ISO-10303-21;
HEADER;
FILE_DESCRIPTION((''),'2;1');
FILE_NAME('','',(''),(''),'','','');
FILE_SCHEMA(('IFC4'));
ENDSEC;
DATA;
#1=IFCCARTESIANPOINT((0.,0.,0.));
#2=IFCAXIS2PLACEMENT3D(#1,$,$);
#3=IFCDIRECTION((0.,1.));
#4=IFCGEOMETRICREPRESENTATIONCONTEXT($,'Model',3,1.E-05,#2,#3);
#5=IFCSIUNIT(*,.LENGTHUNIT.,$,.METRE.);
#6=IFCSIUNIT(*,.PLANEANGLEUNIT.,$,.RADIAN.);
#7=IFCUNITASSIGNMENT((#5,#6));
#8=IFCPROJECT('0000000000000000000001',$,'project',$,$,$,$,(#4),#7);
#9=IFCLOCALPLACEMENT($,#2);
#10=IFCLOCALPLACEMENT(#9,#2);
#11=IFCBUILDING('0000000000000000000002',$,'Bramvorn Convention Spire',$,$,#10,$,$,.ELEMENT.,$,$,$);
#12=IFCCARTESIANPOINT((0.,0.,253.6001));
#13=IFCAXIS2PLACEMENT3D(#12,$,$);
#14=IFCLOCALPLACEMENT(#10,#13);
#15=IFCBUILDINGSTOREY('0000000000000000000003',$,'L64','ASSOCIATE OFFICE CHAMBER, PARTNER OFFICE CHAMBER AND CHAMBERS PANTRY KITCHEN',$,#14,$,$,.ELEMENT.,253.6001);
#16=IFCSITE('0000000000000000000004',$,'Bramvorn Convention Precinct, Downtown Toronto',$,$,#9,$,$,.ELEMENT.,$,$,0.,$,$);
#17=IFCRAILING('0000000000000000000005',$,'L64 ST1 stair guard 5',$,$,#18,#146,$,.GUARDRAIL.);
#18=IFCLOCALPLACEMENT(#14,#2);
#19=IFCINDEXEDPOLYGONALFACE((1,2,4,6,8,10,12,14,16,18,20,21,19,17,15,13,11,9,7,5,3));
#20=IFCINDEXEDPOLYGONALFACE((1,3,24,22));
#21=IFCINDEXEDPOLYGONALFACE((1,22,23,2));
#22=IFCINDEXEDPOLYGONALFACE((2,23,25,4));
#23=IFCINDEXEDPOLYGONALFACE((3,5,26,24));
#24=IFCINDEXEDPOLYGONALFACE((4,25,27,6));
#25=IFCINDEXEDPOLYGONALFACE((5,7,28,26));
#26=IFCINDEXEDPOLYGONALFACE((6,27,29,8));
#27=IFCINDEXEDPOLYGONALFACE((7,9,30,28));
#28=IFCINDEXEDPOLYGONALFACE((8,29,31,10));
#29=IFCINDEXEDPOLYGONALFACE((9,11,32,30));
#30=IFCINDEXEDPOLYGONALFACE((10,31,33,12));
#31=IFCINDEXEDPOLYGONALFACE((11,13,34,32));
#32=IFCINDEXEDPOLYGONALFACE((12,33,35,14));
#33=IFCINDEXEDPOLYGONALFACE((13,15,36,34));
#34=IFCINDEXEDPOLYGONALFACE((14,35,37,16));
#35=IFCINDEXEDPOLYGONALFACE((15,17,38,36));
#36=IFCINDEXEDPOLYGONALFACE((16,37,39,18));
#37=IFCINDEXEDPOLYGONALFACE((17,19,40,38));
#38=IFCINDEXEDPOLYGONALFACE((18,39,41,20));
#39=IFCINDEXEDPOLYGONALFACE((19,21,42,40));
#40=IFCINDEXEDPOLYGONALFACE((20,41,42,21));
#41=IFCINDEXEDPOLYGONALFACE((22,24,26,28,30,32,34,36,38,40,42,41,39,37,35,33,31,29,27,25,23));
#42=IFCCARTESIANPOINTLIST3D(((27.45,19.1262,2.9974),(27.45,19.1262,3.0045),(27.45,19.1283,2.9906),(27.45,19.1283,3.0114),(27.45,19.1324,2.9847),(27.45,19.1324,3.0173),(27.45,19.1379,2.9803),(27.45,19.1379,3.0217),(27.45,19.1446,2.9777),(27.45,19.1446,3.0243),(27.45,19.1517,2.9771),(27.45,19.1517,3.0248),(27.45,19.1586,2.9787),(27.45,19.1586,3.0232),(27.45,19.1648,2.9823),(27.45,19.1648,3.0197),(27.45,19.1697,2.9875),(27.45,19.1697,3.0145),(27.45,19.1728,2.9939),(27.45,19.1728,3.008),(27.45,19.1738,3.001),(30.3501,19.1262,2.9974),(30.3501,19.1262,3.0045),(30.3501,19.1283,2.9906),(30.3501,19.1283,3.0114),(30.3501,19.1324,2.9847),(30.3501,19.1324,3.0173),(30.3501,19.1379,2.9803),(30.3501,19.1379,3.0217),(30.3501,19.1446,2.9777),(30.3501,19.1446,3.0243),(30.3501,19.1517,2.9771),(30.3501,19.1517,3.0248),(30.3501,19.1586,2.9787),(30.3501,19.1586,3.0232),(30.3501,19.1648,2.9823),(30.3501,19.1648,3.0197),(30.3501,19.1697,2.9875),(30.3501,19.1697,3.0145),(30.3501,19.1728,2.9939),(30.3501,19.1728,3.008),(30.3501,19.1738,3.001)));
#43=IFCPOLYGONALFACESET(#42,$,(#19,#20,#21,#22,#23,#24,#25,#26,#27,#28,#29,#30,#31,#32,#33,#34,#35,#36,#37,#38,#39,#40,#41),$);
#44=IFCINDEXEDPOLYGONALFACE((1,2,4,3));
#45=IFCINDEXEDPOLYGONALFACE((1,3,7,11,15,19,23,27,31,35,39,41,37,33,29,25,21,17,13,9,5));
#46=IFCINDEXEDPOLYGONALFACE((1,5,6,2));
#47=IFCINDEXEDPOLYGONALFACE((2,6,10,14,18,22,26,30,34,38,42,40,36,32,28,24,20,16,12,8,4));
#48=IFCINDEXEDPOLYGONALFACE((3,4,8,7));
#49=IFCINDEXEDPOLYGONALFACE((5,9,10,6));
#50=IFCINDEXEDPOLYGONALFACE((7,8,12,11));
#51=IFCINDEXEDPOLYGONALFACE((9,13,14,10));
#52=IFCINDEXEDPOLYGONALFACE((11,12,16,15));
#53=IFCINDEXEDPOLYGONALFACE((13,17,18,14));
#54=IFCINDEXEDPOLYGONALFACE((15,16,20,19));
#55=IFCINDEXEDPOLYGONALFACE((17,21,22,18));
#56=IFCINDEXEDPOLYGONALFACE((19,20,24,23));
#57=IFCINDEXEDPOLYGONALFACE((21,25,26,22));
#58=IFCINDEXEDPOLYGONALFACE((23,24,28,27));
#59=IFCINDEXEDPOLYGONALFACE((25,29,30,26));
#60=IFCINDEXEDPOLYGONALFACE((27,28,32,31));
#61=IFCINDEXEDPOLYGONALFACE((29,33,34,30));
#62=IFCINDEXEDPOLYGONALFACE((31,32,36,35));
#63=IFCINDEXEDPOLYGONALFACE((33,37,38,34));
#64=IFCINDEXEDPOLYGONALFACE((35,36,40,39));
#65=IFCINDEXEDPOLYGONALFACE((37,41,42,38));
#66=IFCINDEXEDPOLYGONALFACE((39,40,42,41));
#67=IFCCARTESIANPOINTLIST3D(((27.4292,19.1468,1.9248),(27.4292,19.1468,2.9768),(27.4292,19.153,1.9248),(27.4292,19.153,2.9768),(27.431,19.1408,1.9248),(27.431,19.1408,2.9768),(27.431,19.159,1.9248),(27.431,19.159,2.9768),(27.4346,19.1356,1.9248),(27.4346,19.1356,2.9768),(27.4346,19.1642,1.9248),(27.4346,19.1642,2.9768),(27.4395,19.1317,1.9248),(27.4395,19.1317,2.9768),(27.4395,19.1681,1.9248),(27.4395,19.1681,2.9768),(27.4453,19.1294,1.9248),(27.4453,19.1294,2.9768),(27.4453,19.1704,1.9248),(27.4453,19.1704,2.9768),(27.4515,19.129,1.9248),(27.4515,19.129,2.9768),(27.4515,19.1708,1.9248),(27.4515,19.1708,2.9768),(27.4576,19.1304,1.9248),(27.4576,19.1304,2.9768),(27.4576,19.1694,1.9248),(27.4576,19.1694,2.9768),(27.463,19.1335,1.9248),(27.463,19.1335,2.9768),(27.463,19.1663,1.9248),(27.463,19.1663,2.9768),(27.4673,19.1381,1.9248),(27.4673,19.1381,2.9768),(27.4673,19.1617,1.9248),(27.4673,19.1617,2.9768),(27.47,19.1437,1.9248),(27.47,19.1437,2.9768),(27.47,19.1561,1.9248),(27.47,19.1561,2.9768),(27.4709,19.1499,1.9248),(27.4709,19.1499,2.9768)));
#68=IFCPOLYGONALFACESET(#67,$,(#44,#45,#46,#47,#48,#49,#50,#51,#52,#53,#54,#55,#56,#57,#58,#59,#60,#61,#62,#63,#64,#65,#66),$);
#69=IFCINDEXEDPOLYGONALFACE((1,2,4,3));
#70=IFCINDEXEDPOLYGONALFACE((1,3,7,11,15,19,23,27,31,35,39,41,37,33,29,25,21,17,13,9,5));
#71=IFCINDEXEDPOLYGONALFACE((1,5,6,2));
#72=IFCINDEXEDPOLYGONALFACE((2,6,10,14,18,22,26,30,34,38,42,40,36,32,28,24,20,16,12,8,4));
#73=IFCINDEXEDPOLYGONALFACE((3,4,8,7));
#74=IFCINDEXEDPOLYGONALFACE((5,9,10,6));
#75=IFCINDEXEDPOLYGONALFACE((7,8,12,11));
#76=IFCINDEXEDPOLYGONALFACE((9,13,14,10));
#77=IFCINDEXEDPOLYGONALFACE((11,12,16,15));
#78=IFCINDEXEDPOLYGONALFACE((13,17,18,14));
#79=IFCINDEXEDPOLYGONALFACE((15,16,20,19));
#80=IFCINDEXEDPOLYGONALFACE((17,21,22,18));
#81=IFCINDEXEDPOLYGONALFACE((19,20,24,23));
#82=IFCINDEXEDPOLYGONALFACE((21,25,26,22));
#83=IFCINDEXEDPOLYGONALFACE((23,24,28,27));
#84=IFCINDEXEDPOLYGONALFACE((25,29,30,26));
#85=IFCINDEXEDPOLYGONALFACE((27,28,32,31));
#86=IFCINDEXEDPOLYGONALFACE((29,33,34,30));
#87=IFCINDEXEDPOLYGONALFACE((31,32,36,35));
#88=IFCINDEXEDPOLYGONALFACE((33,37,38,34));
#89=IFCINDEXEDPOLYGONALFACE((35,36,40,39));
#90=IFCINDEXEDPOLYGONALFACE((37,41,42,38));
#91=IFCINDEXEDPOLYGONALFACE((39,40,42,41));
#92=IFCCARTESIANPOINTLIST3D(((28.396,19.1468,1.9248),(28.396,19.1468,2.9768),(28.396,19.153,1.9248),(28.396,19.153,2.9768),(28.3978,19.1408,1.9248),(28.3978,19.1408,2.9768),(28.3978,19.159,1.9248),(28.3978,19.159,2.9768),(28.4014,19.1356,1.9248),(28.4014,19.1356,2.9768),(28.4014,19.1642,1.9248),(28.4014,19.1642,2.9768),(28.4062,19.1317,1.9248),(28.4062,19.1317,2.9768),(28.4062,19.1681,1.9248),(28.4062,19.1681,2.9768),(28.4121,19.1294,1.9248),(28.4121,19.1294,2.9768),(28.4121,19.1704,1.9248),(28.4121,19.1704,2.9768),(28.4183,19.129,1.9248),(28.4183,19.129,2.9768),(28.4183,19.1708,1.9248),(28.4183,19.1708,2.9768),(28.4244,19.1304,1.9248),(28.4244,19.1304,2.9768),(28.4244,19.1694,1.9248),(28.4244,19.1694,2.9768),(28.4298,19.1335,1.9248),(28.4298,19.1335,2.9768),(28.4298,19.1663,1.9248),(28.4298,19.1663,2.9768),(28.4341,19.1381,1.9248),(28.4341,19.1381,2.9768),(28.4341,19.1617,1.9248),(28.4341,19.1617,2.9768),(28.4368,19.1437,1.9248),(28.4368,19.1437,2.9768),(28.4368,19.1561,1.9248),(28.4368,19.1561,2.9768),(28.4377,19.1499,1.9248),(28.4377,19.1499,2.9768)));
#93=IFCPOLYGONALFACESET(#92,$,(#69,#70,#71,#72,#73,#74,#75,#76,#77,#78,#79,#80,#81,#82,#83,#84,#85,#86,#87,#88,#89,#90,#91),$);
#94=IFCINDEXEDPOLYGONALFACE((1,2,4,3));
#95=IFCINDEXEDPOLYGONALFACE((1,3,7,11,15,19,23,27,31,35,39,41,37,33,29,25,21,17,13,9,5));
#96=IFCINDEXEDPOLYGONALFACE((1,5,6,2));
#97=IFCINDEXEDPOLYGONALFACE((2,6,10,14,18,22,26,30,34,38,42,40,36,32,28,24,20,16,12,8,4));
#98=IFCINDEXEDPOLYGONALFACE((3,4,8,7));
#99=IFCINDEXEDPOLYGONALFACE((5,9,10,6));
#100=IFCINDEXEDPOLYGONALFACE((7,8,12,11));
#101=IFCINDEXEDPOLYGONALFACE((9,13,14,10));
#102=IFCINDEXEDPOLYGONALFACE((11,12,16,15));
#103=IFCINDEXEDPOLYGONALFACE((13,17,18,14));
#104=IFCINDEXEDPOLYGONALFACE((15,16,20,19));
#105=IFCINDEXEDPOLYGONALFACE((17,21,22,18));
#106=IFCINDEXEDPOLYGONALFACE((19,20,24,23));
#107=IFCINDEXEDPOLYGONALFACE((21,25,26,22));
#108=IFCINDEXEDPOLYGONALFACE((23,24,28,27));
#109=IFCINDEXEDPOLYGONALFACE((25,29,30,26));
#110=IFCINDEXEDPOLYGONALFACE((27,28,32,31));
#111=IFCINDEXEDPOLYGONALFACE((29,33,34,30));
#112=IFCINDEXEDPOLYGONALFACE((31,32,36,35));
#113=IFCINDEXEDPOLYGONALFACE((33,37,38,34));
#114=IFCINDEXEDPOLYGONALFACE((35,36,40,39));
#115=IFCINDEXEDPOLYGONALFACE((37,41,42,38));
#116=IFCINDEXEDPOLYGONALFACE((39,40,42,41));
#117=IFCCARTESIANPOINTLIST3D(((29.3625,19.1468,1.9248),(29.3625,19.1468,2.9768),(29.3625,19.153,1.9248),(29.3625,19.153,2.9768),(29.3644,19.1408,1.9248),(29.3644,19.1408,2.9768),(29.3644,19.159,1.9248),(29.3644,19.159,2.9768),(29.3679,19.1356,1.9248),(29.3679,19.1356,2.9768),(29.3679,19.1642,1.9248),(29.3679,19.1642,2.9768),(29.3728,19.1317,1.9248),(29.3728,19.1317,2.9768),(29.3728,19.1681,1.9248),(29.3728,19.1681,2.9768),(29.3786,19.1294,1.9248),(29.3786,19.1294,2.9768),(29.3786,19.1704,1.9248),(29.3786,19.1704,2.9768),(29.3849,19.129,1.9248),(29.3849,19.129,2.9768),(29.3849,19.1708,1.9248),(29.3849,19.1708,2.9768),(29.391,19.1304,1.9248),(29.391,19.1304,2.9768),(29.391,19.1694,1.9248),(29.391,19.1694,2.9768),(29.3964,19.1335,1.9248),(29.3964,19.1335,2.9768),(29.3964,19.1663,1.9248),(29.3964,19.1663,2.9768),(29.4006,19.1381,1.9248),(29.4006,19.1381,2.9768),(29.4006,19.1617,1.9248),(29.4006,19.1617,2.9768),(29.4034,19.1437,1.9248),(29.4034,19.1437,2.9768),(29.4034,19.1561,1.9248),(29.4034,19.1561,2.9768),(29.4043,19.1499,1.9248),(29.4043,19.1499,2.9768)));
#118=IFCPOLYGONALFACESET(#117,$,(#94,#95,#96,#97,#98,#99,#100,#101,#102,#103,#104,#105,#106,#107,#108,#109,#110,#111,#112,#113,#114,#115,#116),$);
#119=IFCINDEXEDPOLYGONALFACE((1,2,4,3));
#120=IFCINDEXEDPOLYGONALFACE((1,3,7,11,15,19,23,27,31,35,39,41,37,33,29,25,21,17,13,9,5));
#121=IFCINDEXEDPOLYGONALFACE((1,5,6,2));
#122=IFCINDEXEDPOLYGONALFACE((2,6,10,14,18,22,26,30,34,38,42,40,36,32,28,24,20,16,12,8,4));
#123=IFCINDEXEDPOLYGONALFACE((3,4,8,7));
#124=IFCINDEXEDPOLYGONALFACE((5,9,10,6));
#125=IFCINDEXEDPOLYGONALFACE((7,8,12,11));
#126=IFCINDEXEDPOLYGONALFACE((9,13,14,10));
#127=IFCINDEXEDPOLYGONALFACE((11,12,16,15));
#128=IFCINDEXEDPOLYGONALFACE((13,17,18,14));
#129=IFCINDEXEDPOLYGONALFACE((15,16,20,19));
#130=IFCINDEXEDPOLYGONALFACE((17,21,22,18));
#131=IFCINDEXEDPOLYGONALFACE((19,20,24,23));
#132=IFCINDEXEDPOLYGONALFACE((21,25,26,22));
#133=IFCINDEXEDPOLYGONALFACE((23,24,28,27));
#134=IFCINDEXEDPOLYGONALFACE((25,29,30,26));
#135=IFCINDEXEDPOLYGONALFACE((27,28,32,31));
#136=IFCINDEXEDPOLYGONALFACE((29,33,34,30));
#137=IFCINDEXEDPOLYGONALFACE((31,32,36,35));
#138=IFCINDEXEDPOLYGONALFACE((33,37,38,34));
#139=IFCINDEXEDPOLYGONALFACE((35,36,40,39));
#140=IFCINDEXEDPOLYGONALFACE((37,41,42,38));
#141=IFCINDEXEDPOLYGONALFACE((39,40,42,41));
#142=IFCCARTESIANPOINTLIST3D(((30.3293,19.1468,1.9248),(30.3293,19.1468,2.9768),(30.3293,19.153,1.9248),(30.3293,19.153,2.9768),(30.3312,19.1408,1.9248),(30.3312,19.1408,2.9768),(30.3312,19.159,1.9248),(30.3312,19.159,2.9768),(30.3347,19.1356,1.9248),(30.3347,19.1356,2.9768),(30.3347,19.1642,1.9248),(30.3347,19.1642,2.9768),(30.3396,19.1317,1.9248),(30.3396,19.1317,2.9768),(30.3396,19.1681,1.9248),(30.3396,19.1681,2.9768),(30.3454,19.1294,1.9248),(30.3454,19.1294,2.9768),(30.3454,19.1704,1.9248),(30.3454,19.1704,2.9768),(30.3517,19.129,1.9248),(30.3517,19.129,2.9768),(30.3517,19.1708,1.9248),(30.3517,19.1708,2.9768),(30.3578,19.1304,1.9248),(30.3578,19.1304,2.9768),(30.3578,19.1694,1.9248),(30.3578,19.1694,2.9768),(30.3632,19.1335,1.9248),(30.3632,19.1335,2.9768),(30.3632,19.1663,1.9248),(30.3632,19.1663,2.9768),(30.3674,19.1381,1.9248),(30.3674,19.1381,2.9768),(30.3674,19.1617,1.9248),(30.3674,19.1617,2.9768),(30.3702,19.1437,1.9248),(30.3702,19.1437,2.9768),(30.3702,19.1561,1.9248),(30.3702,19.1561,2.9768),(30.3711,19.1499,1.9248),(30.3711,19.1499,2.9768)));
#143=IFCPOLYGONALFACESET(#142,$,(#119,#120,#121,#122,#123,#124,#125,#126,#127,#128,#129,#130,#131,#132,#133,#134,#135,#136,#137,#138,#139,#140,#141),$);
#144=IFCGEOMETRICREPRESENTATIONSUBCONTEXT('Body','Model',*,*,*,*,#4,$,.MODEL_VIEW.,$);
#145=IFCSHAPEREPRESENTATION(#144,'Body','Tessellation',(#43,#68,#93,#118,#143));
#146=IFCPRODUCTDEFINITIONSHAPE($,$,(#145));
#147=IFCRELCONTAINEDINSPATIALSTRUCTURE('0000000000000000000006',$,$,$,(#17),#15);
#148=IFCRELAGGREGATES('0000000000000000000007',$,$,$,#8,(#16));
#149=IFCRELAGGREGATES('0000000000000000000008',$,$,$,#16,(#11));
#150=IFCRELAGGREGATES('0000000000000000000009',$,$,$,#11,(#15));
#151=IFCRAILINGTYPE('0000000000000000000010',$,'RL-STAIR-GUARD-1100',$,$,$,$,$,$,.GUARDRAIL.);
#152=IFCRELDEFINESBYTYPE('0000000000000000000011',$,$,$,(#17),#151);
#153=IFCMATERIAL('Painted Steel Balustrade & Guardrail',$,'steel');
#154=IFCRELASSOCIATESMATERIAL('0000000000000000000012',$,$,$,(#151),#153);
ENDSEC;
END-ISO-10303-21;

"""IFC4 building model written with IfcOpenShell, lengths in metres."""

from ifc_helpers import new_model, si_unit, direction, frame, origin, origin_2d, place, context, subcontext, project, spatial, circle, extrude, material, type_object, element, save


model = new_model("IFC4")

# Units and contexts
model_context = context("Model", 3, precision=1e-05, world=origin(), true_north=direction((0.0, 1.0)))
body_context = subcontext(model_context, "Body", "Model", "MODEL_VIEW")
ifc_project = project(units=[si_unit("LENGTHUNIT", "METRE"), si_unit("PLANEANGLEUNIT", "RADIAN")], contexts=[model_context])

# Site, building, storey
site_placement = place(None, origin())
site = spatial("IfcSite", under=ifc_project, at=site_placement, Name="Bramvorn Convention Precinct, Downtown Toronto", CompositionType="ELEMENT", RefElevation=0.0)
building_placement = place(site_placement, origin())
building = spatial("IfcBuilding", under=site, at=building_placement, Name="Bramvorn Convention Spire", CompositionType="ELEMENT")
storey_placement = place(building_placement, frame((0.0, 0.0, 253.6001)))
storey = spatial("IfcBuildingStorey", under=building, at=storey_placement, Name="L64", Description="ASSOCIATE OFFICE CHAMBER, PARTNER OFFICE CHAMBER AND CHAMBERS PANTRY KITCHEN", CompositionType="ELEMENT", Elevation=253.6001)

# Railing
ifc_material_1 = material(Name="Painted Steel Balustrade & Guardrail", Category="steel")
railing_type_1 = type_object("IfcRailingType", Name="RL-STAIR-GUARD-1100", PredefinedType="GUARDRAIL", material=ifc_material_1)
railing_1_placement = place(storey_placement, frame((27.45, 19.1499, 1.9248)))
element("IfcRailing", 1, at=railing_1_placement, inside=storey, type_object=railing_type_1, Name="L64 ST1 stair guard 5", PredefinedType="GUARDRAIL", context=body_context, shape_type="SweptSolid", body=[
    extrude(circle(Radius=0.0239, at=origin_2d()), frame((0.0, 0.0, 1.0762), z_axis=(1.0, 0.0, 0.0), x_axis=(0.0, 1.0, 0.0)), (0.0, 0.0, 1.0), 2.9001),
    extrude(circle(Radius=0.021, at=origin_2d()), origin(), (0.0, 0.0, 1.0), 1.052),
    extrude(circle(Radius=0.021, at=origin_2d()), frame((0.9668, 0.0, 0.0)), (0.0, 0.0, 1.0), 1.052),
    extrude(circle(Radius=0.021, at=origin_2d()), frame((1.9333, 0.0, 0.0)), (0.0, 0.0, 1.0), 1.052),
    extrude(circle(Radius=0.021, at=origin_2d()), frame((2.9001, 0.0, 0.0)), (0.0, 0.0, 1.0), 1.052),
])

save(model, "model.ifc")
